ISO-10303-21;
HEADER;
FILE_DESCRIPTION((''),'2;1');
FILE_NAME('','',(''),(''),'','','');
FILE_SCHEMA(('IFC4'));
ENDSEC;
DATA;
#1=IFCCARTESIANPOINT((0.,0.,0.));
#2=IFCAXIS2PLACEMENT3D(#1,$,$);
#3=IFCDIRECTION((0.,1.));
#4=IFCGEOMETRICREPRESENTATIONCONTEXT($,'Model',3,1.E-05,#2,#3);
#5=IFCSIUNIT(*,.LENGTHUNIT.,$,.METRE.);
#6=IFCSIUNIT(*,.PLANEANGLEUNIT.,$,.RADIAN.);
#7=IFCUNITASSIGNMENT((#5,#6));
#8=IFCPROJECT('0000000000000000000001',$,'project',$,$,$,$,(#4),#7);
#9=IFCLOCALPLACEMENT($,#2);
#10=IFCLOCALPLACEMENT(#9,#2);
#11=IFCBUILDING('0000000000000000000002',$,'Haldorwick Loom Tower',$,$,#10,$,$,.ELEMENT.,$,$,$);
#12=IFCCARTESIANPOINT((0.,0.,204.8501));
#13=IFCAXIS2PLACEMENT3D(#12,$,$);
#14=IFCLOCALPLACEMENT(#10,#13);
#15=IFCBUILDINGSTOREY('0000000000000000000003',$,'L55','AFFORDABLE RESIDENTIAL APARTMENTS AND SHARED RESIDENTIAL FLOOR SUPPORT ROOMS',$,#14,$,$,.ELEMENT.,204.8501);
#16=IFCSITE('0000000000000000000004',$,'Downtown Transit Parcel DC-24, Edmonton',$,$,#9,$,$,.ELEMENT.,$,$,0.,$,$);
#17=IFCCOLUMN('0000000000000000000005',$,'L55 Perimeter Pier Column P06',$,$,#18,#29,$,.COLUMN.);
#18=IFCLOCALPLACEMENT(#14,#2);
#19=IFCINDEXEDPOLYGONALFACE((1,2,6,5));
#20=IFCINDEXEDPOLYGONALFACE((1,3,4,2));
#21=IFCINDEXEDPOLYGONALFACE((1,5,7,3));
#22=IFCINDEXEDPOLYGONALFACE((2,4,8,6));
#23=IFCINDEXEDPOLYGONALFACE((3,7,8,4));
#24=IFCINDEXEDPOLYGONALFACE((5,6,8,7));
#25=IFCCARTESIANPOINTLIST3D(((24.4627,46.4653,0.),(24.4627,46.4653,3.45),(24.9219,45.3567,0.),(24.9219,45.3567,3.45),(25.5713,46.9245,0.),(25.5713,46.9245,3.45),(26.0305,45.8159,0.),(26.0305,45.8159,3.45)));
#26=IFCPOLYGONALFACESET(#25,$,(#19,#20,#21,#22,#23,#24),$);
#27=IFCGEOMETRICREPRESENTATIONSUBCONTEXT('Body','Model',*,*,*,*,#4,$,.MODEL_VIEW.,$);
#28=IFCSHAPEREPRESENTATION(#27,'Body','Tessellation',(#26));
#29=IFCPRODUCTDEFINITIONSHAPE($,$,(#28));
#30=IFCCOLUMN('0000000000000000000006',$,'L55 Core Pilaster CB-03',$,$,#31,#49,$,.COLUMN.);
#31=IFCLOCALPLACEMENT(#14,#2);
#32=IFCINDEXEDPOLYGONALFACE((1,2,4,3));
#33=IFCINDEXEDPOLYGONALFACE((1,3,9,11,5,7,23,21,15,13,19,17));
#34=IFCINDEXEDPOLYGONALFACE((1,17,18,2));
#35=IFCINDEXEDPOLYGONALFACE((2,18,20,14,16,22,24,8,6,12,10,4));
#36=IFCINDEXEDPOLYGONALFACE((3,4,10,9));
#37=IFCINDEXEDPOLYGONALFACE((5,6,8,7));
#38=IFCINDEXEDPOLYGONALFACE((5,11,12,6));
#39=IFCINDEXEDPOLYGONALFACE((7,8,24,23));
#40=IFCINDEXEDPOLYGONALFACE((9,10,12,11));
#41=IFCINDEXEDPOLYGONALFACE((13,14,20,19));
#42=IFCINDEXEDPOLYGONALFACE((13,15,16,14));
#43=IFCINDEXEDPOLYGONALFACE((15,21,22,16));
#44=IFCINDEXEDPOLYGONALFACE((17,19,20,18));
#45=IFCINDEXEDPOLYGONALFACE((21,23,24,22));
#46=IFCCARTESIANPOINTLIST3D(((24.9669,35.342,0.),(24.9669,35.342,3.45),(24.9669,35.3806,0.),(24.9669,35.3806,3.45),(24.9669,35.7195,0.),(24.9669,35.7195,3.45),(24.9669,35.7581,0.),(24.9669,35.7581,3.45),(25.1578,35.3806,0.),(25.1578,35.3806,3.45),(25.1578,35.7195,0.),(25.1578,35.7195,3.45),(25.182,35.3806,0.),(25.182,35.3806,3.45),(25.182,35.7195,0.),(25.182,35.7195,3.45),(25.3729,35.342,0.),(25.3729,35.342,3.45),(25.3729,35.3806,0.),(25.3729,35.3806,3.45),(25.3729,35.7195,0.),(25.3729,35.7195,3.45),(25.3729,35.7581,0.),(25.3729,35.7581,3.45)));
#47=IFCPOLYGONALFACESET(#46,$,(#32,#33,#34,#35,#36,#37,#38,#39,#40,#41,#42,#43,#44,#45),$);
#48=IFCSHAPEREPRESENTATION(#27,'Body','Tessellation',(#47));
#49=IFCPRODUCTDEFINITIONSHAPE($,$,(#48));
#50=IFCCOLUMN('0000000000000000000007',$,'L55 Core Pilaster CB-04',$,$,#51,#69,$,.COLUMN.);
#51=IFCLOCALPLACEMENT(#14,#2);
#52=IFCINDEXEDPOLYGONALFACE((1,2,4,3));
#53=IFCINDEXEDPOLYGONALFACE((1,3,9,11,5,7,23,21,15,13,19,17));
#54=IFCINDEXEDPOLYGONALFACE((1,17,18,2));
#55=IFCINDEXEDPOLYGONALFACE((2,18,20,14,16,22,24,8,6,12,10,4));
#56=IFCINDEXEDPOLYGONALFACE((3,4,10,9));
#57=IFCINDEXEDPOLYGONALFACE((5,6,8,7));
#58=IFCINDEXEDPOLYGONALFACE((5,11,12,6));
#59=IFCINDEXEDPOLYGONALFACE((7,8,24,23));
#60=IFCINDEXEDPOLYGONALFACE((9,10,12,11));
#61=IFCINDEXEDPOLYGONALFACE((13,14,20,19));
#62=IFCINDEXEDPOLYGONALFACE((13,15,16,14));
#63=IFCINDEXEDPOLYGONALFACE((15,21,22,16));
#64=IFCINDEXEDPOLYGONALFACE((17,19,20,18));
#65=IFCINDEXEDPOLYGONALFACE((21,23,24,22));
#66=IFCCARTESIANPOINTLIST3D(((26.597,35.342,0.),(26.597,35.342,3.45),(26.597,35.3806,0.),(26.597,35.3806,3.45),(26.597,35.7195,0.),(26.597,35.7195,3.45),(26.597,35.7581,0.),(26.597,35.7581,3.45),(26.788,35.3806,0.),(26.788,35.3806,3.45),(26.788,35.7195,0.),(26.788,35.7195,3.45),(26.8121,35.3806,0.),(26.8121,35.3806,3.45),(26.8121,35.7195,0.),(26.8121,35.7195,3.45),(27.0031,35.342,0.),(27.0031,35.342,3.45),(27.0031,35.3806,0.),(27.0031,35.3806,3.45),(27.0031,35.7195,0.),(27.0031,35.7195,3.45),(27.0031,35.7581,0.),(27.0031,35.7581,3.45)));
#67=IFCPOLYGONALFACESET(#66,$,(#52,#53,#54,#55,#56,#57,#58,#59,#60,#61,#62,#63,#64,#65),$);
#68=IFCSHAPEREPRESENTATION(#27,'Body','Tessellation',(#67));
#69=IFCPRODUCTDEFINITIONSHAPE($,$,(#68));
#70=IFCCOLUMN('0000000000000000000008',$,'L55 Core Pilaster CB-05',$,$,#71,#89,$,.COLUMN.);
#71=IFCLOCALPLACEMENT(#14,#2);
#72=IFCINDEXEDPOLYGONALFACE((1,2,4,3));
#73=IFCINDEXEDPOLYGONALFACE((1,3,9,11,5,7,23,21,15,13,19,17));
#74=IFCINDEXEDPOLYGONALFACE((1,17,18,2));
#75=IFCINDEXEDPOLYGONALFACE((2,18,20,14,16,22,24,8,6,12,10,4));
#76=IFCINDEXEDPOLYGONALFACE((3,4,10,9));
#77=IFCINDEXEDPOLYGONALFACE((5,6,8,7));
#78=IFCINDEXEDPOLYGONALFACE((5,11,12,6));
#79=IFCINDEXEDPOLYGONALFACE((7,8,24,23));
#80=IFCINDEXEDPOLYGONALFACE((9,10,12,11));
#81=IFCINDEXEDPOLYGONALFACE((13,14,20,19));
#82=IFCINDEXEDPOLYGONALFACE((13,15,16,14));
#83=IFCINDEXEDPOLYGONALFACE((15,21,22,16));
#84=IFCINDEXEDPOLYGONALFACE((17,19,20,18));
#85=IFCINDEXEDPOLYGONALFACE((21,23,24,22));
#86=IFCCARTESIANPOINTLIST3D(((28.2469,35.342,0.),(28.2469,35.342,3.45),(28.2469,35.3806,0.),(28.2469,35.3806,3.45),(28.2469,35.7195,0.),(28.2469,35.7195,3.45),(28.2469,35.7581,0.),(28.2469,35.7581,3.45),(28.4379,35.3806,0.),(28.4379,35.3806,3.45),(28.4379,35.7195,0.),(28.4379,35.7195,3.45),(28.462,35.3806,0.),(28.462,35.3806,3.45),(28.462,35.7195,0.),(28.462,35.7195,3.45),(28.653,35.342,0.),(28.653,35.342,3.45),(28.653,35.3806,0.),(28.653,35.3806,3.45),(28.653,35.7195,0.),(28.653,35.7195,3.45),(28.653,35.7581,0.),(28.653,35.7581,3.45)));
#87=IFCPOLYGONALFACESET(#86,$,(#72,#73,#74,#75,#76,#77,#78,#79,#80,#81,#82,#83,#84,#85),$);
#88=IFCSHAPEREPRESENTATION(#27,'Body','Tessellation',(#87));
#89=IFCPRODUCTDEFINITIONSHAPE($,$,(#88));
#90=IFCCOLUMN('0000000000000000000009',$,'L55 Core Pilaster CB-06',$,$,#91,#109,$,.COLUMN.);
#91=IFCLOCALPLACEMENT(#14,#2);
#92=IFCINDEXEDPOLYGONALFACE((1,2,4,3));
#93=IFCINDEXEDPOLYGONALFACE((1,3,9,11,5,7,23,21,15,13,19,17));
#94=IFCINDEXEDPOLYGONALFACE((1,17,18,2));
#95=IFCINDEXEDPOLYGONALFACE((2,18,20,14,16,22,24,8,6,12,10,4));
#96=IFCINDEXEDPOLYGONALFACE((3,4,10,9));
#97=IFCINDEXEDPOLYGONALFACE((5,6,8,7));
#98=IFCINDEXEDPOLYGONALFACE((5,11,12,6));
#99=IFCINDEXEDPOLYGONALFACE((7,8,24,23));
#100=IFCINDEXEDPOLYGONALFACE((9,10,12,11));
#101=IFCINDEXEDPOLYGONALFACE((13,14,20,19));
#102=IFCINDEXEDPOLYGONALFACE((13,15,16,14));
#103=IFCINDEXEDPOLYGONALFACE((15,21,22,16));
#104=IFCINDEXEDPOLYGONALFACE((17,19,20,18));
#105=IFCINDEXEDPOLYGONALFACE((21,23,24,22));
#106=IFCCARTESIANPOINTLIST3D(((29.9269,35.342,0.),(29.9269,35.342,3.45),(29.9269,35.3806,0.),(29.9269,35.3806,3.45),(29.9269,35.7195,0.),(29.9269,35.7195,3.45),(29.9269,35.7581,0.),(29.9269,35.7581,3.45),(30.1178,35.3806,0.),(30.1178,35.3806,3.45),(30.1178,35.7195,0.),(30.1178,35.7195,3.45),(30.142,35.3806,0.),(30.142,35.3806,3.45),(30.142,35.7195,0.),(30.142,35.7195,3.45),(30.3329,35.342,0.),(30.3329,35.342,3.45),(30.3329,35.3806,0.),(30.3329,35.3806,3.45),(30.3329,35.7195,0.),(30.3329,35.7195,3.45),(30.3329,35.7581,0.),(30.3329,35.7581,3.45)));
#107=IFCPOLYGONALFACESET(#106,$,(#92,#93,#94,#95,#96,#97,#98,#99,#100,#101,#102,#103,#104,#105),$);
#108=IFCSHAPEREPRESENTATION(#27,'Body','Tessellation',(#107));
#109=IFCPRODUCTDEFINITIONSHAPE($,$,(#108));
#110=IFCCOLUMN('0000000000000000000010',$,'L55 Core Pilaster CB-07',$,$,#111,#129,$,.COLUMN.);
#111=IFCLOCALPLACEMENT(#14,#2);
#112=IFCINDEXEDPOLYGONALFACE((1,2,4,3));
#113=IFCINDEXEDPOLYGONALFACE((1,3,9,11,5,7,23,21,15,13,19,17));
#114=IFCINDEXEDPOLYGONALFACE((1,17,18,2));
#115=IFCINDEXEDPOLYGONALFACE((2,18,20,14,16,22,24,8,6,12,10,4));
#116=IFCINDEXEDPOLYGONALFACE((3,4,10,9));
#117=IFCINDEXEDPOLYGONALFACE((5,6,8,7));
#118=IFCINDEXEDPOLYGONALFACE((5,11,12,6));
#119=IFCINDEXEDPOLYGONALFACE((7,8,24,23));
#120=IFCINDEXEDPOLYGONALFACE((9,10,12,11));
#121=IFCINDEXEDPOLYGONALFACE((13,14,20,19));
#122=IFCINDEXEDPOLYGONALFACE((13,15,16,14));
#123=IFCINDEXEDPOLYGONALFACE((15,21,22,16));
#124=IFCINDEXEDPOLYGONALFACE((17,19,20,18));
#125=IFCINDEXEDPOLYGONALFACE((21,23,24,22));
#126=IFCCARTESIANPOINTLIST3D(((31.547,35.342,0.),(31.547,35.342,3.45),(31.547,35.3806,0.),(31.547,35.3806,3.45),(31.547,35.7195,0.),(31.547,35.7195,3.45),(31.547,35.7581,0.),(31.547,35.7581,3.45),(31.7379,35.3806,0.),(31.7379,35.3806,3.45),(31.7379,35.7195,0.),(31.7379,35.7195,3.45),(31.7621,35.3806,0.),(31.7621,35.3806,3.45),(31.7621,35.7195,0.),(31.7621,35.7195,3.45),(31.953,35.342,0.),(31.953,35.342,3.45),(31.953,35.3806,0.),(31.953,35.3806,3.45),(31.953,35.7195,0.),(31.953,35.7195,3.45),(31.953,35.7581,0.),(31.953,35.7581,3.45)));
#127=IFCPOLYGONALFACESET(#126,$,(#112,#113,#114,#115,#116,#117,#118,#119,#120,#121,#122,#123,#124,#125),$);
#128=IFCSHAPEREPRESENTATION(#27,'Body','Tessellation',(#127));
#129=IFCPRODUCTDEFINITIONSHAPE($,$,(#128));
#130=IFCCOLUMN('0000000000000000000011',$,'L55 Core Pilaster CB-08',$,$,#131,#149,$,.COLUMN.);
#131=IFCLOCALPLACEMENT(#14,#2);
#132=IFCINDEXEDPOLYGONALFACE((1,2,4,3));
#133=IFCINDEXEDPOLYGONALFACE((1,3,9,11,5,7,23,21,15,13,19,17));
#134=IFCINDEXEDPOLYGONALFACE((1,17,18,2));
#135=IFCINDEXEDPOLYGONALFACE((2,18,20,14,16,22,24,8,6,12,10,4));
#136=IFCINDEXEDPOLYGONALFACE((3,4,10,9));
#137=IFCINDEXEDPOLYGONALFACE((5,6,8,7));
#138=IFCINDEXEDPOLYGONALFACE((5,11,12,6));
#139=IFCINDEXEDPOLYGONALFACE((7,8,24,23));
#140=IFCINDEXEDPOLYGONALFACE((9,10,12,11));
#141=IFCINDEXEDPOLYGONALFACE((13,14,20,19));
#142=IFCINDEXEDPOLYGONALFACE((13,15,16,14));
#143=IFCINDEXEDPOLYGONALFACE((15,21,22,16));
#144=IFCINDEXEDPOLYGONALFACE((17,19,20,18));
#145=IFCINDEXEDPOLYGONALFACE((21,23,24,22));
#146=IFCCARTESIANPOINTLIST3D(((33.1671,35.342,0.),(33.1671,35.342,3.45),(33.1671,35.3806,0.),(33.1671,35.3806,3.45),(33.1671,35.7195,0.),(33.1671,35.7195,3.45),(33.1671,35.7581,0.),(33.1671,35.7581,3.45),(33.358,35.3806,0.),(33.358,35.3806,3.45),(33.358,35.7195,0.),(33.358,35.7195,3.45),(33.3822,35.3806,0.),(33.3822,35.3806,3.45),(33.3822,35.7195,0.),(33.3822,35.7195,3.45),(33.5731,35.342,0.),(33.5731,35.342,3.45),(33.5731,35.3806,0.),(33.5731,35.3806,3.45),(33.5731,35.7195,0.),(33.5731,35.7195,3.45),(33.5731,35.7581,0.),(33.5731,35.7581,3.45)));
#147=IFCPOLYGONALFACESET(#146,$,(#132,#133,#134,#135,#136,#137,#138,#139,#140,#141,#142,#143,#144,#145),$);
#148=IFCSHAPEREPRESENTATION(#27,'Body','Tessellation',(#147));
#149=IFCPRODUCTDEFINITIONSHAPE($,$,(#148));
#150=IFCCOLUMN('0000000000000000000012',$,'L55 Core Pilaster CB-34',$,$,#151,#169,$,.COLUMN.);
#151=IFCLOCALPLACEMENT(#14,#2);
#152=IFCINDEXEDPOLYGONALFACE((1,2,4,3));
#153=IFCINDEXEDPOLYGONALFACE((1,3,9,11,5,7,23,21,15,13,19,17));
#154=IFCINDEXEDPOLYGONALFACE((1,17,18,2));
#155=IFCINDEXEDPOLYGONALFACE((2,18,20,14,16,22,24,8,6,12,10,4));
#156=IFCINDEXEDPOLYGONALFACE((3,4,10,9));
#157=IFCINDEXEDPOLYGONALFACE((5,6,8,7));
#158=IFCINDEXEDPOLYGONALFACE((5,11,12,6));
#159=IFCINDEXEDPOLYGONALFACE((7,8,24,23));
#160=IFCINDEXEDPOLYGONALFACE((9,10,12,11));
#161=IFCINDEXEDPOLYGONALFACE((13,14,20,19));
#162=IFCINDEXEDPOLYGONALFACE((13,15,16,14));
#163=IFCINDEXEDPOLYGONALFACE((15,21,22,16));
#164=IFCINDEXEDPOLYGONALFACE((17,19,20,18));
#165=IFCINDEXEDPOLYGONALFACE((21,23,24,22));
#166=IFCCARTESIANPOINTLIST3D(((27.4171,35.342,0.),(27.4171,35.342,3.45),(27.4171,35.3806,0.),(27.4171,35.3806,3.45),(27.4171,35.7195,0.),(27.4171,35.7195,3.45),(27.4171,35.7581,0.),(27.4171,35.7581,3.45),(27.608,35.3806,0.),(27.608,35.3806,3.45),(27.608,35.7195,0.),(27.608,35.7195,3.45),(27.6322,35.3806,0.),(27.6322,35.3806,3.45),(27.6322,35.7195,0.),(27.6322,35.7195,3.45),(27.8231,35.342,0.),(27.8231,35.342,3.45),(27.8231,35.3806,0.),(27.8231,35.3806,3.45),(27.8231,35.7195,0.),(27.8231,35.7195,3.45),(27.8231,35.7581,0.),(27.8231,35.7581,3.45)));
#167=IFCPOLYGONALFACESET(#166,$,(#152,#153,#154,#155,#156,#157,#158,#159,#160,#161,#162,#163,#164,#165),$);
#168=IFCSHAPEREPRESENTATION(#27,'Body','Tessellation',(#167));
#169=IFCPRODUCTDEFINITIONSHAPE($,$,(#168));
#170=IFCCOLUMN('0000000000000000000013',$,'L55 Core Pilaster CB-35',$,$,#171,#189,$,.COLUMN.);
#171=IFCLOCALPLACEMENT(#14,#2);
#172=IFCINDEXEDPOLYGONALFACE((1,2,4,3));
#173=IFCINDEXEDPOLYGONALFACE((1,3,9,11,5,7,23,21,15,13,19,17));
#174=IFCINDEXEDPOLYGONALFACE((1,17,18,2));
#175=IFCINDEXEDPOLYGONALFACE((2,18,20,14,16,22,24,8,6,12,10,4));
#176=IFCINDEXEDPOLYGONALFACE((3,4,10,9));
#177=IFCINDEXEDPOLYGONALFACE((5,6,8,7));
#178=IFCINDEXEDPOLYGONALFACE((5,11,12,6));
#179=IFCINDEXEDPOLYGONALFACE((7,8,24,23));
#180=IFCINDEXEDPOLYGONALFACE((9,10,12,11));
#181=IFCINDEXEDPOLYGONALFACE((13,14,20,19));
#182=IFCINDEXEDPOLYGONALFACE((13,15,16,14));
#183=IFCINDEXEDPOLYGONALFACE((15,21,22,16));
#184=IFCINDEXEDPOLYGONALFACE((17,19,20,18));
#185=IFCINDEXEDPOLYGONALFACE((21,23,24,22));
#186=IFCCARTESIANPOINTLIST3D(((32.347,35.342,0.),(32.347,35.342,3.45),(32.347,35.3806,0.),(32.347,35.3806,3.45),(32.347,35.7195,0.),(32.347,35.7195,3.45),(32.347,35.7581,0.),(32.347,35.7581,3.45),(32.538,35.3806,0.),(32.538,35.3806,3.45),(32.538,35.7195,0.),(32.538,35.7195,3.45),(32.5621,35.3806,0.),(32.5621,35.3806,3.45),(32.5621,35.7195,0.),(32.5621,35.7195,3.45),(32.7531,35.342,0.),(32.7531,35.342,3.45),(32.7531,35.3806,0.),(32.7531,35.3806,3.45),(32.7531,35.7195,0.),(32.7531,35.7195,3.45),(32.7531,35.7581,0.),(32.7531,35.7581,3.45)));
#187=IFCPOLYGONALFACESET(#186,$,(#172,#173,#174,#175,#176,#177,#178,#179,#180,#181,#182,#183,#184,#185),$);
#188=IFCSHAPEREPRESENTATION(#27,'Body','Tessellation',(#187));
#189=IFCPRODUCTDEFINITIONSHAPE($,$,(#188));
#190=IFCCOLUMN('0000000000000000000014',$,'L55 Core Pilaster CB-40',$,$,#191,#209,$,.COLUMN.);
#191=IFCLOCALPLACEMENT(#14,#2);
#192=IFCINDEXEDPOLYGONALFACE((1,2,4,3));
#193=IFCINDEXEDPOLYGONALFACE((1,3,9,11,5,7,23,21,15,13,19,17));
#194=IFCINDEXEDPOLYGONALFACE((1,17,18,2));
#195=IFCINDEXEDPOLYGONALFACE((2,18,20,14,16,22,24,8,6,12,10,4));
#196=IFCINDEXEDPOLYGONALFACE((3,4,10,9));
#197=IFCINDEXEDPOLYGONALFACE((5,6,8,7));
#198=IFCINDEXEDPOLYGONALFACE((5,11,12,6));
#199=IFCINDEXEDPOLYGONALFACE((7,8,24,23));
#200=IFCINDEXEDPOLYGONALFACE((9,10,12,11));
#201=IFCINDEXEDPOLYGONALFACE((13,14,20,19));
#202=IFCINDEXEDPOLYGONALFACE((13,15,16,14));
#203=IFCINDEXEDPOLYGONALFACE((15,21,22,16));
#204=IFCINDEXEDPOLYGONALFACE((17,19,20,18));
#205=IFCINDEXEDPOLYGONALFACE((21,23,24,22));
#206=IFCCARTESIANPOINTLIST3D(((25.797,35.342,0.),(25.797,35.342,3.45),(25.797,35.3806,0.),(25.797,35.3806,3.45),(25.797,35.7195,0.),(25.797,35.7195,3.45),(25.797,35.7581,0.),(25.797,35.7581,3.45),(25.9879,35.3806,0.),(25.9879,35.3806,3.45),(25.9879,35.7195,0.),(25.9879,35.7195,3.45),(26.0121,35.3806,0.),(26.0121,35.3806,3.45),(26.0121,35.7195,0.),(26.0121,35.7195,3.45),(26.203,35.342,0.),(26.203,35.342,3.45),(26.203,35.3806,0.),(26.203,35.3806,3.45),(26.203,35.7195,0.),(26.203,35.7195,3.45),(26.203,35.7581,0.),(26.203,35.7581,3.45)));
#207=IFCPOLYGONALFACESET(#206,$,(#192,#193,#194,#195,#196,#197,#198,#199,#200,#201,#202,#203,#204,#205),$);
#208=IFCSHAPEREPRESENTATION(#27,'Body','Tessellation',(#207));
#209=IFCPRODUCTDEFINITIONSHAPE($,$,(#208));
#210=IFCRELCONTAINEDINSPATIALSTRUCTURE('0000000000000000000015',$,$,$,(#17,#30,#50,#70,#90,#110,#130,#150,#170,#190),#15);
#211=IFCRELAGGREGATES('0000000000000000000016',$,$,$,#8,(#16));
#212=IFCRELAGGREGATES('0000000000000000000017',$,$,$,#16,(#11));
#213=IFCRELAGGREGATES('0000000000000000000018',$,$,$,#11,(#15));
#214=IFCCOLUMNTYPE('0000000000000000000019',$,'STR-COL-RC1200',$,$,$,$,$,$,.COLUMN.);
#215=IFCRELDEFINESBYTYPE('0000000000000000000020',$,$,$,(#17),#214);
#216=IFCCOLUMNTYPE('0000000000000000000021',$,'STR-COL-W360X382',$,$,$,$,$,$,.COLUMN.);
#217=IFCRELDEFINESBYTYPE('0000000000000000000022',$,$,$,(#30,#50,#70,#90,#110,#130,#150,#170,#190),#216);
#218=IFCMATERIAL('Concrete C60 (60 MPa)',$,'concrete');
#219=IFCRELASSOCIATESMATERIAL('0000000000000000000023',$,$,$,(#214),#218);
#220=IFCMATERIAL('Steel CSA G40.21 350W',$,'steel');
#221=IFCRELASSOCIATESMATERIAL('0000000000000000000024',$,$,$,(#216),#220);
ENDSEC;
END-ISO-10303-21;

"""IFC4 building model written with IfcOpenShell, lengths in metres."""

from ifc_helpers import new_model, si_unit, direction, frame, origin, origin_2d, place, context, subcontext, project, spatial, rectangle, i_section, extrude, material, material_profile, profile_set, type_object, element, save


model = new_model("IFC4")

# Units and contexts
model_context = context("Model", 3, precision=1e-05, world=origin(), true_north=direction((0.0, 1.0)))
body_context = subcontext(model_context, "Body", "Model", "MODEL_VIEW")
ifc_project = project(units=[si_unit("LENGTHUNIT", "METRE"), si_unit("PLANEANGLEUNIT", "RADIAN")], contexts=[model_context])

# Site, building, storey
site_placement = place(None, origin())
site = spatial("IfcSite", under=ifc_project, at=site_placement, Name="Downtown Transit Parcel DC-24, Edmonton", CompositionType="ELEMENT", RefElevation=0.0)
building_placement = place(site_placement, origin())
building = spatial("IfcBuilding", under=site, at=building_placement, Name="Haldorwick Loom Tower", CompositionType="ELEMENT")
storey_placement = place(building_placement, frame((0.0, 0.0, 204.8501)))
storey = spatial("IfcBuildingStorey", under=building, at=storey_placement, Name="L55", Description="AFFORDABLE RESIDENTIAL APARTMENTS AND SHARED RESIDENTIAL FLOOR SUPPORT ROOMS", CompositionType="ELEMENT", Elevation=204.8501)

# Columns
ifc_material_1 = material(Name="Concrete C60 (60 MPa)", Category="concrete")
ifc_material_profile_1 = material_profile(ifc_material_1, rectangle(XDim=1.2, YDim=1.2, at=origin_2d()), Name="RC1200X1200", Category="concrete")
ifc_profile_set_1 = profile_set([ifc_material_profile_1], Name="Concrete C60 (60 MPa)")
column_type_1 = type_object("IfcColumnType", Name="STR-COL-RC1200", PredefinedType="COLUMN", material=ifc_profile_set_1)
column_placement = place(storey_placement, frame((25.2466, 46.1406, 0.0), z_axis=(0.0, 0.0, 1.0), x_axis=(-0.382683, 0.92388, 0.0)))
element("IfcColumn", 1, at=column_placement, inside=storey, type_object=column_type_1, Name="L55 Perimeter Pier Column P06", PredefinedType="COLUMN", context=body_context, shape_type="SweptSolid", body=[
    extrude(rectangle(XDim=1.2, YDim=1.2, at=origin_2d()), origin(), (0.0, 0.0, 1.0), 3.45),
])
ifc_material_2 = material(Name="Steel CSA G40.21 350W", Category="steel")
ifc_material_profile_2 = material_profile(ifc_material_2, i_section(OverallWidth=0.406, OverallDepth=0.416, WebThickness=0.0242, FlangeThickness=0.0386, at=origin_2d()), Name="W360X382", Category="steel")
ifc_profile_set_2 = profile_set([ifc_material_profile_2], Name="Steel CSA G40.21 350W")
column_type_2 = type_object("IfcColumnType", Name="STR-COL-W360X382", PredefinedType="COLUMN", material=ifc_profile_set_2)
for number, where, z_axis, x_axis, name in (
    (2, (25.1699, 35.55, 0.0), (0.0, 0.0, 1.0), (1.0, 0.0, 0.0), "L55 Core Pilaster CB-03"),
    (3, (26.8, 35.55, 0.0), (0.0, 0.0, 1.0), (1.0, 0.0, 0.0), "L55 Core Pilaster CB-04"),
    (4, (28.45, 35.55, 0.0), (0.0, 0.0, 1.0), (1.0, 0.0, 0.0), "L55 Core Pilaster CB-05"),
    (5, (30.1299, 35.55, 0.0), (0.0, 0.0, 1.0), (1.0, 0.0, 0.0), "L55 Core Pilaster CB-06"),
    (6, (31.75, 35.55, 0.0), (0.0, 0.0, 1.0), (1.0, 0.0, 0.0), "L55 Core Pilaster CB-07"),
    (7, (33.3701, 35.55, 0.0), (0.0, 0.0, 1.0), (1.0, 0.0, 0.0), "L55 Core Pilaster CB-08"),
    (8, (27.6201, 35.55, 0.0), (0.0, 0.0, 1.0), (1.0, 0.0, 0.0), "L55 Core Pilaster CB-34"),
    (9, (32.55, 35.55, 0.0), (0.0, 0.0, 1.0), (1.0, 0.0, 0.0), "L55 Core Pilaster CB-35"),
    (10, (26.0, 35.55, 0.0), (0.0, 0.0, 1.0), (1.0, 0.0, 0.0), "L55 Core Pilaster CB-40"),
):
    element("IfcColumn", number, at=place(storey_placement, frame(where, z_axis=z_axis, x_axis=x_axis)), inside=storey, type_object=column_type_2, Name=name, PredefinedType="COLUMN", context=body_context, shape_type="SweptSolid", body=[
        extrude(i_section(OverallWidth=0.406, OverallDepth=0.416, WebThickness=0.0242, FlangeThickness=0.0386, at=origin_2d()), origin(), (0.0, 0.0, 1.0), 3.45),
    ])

save(model, "model.ifc")
